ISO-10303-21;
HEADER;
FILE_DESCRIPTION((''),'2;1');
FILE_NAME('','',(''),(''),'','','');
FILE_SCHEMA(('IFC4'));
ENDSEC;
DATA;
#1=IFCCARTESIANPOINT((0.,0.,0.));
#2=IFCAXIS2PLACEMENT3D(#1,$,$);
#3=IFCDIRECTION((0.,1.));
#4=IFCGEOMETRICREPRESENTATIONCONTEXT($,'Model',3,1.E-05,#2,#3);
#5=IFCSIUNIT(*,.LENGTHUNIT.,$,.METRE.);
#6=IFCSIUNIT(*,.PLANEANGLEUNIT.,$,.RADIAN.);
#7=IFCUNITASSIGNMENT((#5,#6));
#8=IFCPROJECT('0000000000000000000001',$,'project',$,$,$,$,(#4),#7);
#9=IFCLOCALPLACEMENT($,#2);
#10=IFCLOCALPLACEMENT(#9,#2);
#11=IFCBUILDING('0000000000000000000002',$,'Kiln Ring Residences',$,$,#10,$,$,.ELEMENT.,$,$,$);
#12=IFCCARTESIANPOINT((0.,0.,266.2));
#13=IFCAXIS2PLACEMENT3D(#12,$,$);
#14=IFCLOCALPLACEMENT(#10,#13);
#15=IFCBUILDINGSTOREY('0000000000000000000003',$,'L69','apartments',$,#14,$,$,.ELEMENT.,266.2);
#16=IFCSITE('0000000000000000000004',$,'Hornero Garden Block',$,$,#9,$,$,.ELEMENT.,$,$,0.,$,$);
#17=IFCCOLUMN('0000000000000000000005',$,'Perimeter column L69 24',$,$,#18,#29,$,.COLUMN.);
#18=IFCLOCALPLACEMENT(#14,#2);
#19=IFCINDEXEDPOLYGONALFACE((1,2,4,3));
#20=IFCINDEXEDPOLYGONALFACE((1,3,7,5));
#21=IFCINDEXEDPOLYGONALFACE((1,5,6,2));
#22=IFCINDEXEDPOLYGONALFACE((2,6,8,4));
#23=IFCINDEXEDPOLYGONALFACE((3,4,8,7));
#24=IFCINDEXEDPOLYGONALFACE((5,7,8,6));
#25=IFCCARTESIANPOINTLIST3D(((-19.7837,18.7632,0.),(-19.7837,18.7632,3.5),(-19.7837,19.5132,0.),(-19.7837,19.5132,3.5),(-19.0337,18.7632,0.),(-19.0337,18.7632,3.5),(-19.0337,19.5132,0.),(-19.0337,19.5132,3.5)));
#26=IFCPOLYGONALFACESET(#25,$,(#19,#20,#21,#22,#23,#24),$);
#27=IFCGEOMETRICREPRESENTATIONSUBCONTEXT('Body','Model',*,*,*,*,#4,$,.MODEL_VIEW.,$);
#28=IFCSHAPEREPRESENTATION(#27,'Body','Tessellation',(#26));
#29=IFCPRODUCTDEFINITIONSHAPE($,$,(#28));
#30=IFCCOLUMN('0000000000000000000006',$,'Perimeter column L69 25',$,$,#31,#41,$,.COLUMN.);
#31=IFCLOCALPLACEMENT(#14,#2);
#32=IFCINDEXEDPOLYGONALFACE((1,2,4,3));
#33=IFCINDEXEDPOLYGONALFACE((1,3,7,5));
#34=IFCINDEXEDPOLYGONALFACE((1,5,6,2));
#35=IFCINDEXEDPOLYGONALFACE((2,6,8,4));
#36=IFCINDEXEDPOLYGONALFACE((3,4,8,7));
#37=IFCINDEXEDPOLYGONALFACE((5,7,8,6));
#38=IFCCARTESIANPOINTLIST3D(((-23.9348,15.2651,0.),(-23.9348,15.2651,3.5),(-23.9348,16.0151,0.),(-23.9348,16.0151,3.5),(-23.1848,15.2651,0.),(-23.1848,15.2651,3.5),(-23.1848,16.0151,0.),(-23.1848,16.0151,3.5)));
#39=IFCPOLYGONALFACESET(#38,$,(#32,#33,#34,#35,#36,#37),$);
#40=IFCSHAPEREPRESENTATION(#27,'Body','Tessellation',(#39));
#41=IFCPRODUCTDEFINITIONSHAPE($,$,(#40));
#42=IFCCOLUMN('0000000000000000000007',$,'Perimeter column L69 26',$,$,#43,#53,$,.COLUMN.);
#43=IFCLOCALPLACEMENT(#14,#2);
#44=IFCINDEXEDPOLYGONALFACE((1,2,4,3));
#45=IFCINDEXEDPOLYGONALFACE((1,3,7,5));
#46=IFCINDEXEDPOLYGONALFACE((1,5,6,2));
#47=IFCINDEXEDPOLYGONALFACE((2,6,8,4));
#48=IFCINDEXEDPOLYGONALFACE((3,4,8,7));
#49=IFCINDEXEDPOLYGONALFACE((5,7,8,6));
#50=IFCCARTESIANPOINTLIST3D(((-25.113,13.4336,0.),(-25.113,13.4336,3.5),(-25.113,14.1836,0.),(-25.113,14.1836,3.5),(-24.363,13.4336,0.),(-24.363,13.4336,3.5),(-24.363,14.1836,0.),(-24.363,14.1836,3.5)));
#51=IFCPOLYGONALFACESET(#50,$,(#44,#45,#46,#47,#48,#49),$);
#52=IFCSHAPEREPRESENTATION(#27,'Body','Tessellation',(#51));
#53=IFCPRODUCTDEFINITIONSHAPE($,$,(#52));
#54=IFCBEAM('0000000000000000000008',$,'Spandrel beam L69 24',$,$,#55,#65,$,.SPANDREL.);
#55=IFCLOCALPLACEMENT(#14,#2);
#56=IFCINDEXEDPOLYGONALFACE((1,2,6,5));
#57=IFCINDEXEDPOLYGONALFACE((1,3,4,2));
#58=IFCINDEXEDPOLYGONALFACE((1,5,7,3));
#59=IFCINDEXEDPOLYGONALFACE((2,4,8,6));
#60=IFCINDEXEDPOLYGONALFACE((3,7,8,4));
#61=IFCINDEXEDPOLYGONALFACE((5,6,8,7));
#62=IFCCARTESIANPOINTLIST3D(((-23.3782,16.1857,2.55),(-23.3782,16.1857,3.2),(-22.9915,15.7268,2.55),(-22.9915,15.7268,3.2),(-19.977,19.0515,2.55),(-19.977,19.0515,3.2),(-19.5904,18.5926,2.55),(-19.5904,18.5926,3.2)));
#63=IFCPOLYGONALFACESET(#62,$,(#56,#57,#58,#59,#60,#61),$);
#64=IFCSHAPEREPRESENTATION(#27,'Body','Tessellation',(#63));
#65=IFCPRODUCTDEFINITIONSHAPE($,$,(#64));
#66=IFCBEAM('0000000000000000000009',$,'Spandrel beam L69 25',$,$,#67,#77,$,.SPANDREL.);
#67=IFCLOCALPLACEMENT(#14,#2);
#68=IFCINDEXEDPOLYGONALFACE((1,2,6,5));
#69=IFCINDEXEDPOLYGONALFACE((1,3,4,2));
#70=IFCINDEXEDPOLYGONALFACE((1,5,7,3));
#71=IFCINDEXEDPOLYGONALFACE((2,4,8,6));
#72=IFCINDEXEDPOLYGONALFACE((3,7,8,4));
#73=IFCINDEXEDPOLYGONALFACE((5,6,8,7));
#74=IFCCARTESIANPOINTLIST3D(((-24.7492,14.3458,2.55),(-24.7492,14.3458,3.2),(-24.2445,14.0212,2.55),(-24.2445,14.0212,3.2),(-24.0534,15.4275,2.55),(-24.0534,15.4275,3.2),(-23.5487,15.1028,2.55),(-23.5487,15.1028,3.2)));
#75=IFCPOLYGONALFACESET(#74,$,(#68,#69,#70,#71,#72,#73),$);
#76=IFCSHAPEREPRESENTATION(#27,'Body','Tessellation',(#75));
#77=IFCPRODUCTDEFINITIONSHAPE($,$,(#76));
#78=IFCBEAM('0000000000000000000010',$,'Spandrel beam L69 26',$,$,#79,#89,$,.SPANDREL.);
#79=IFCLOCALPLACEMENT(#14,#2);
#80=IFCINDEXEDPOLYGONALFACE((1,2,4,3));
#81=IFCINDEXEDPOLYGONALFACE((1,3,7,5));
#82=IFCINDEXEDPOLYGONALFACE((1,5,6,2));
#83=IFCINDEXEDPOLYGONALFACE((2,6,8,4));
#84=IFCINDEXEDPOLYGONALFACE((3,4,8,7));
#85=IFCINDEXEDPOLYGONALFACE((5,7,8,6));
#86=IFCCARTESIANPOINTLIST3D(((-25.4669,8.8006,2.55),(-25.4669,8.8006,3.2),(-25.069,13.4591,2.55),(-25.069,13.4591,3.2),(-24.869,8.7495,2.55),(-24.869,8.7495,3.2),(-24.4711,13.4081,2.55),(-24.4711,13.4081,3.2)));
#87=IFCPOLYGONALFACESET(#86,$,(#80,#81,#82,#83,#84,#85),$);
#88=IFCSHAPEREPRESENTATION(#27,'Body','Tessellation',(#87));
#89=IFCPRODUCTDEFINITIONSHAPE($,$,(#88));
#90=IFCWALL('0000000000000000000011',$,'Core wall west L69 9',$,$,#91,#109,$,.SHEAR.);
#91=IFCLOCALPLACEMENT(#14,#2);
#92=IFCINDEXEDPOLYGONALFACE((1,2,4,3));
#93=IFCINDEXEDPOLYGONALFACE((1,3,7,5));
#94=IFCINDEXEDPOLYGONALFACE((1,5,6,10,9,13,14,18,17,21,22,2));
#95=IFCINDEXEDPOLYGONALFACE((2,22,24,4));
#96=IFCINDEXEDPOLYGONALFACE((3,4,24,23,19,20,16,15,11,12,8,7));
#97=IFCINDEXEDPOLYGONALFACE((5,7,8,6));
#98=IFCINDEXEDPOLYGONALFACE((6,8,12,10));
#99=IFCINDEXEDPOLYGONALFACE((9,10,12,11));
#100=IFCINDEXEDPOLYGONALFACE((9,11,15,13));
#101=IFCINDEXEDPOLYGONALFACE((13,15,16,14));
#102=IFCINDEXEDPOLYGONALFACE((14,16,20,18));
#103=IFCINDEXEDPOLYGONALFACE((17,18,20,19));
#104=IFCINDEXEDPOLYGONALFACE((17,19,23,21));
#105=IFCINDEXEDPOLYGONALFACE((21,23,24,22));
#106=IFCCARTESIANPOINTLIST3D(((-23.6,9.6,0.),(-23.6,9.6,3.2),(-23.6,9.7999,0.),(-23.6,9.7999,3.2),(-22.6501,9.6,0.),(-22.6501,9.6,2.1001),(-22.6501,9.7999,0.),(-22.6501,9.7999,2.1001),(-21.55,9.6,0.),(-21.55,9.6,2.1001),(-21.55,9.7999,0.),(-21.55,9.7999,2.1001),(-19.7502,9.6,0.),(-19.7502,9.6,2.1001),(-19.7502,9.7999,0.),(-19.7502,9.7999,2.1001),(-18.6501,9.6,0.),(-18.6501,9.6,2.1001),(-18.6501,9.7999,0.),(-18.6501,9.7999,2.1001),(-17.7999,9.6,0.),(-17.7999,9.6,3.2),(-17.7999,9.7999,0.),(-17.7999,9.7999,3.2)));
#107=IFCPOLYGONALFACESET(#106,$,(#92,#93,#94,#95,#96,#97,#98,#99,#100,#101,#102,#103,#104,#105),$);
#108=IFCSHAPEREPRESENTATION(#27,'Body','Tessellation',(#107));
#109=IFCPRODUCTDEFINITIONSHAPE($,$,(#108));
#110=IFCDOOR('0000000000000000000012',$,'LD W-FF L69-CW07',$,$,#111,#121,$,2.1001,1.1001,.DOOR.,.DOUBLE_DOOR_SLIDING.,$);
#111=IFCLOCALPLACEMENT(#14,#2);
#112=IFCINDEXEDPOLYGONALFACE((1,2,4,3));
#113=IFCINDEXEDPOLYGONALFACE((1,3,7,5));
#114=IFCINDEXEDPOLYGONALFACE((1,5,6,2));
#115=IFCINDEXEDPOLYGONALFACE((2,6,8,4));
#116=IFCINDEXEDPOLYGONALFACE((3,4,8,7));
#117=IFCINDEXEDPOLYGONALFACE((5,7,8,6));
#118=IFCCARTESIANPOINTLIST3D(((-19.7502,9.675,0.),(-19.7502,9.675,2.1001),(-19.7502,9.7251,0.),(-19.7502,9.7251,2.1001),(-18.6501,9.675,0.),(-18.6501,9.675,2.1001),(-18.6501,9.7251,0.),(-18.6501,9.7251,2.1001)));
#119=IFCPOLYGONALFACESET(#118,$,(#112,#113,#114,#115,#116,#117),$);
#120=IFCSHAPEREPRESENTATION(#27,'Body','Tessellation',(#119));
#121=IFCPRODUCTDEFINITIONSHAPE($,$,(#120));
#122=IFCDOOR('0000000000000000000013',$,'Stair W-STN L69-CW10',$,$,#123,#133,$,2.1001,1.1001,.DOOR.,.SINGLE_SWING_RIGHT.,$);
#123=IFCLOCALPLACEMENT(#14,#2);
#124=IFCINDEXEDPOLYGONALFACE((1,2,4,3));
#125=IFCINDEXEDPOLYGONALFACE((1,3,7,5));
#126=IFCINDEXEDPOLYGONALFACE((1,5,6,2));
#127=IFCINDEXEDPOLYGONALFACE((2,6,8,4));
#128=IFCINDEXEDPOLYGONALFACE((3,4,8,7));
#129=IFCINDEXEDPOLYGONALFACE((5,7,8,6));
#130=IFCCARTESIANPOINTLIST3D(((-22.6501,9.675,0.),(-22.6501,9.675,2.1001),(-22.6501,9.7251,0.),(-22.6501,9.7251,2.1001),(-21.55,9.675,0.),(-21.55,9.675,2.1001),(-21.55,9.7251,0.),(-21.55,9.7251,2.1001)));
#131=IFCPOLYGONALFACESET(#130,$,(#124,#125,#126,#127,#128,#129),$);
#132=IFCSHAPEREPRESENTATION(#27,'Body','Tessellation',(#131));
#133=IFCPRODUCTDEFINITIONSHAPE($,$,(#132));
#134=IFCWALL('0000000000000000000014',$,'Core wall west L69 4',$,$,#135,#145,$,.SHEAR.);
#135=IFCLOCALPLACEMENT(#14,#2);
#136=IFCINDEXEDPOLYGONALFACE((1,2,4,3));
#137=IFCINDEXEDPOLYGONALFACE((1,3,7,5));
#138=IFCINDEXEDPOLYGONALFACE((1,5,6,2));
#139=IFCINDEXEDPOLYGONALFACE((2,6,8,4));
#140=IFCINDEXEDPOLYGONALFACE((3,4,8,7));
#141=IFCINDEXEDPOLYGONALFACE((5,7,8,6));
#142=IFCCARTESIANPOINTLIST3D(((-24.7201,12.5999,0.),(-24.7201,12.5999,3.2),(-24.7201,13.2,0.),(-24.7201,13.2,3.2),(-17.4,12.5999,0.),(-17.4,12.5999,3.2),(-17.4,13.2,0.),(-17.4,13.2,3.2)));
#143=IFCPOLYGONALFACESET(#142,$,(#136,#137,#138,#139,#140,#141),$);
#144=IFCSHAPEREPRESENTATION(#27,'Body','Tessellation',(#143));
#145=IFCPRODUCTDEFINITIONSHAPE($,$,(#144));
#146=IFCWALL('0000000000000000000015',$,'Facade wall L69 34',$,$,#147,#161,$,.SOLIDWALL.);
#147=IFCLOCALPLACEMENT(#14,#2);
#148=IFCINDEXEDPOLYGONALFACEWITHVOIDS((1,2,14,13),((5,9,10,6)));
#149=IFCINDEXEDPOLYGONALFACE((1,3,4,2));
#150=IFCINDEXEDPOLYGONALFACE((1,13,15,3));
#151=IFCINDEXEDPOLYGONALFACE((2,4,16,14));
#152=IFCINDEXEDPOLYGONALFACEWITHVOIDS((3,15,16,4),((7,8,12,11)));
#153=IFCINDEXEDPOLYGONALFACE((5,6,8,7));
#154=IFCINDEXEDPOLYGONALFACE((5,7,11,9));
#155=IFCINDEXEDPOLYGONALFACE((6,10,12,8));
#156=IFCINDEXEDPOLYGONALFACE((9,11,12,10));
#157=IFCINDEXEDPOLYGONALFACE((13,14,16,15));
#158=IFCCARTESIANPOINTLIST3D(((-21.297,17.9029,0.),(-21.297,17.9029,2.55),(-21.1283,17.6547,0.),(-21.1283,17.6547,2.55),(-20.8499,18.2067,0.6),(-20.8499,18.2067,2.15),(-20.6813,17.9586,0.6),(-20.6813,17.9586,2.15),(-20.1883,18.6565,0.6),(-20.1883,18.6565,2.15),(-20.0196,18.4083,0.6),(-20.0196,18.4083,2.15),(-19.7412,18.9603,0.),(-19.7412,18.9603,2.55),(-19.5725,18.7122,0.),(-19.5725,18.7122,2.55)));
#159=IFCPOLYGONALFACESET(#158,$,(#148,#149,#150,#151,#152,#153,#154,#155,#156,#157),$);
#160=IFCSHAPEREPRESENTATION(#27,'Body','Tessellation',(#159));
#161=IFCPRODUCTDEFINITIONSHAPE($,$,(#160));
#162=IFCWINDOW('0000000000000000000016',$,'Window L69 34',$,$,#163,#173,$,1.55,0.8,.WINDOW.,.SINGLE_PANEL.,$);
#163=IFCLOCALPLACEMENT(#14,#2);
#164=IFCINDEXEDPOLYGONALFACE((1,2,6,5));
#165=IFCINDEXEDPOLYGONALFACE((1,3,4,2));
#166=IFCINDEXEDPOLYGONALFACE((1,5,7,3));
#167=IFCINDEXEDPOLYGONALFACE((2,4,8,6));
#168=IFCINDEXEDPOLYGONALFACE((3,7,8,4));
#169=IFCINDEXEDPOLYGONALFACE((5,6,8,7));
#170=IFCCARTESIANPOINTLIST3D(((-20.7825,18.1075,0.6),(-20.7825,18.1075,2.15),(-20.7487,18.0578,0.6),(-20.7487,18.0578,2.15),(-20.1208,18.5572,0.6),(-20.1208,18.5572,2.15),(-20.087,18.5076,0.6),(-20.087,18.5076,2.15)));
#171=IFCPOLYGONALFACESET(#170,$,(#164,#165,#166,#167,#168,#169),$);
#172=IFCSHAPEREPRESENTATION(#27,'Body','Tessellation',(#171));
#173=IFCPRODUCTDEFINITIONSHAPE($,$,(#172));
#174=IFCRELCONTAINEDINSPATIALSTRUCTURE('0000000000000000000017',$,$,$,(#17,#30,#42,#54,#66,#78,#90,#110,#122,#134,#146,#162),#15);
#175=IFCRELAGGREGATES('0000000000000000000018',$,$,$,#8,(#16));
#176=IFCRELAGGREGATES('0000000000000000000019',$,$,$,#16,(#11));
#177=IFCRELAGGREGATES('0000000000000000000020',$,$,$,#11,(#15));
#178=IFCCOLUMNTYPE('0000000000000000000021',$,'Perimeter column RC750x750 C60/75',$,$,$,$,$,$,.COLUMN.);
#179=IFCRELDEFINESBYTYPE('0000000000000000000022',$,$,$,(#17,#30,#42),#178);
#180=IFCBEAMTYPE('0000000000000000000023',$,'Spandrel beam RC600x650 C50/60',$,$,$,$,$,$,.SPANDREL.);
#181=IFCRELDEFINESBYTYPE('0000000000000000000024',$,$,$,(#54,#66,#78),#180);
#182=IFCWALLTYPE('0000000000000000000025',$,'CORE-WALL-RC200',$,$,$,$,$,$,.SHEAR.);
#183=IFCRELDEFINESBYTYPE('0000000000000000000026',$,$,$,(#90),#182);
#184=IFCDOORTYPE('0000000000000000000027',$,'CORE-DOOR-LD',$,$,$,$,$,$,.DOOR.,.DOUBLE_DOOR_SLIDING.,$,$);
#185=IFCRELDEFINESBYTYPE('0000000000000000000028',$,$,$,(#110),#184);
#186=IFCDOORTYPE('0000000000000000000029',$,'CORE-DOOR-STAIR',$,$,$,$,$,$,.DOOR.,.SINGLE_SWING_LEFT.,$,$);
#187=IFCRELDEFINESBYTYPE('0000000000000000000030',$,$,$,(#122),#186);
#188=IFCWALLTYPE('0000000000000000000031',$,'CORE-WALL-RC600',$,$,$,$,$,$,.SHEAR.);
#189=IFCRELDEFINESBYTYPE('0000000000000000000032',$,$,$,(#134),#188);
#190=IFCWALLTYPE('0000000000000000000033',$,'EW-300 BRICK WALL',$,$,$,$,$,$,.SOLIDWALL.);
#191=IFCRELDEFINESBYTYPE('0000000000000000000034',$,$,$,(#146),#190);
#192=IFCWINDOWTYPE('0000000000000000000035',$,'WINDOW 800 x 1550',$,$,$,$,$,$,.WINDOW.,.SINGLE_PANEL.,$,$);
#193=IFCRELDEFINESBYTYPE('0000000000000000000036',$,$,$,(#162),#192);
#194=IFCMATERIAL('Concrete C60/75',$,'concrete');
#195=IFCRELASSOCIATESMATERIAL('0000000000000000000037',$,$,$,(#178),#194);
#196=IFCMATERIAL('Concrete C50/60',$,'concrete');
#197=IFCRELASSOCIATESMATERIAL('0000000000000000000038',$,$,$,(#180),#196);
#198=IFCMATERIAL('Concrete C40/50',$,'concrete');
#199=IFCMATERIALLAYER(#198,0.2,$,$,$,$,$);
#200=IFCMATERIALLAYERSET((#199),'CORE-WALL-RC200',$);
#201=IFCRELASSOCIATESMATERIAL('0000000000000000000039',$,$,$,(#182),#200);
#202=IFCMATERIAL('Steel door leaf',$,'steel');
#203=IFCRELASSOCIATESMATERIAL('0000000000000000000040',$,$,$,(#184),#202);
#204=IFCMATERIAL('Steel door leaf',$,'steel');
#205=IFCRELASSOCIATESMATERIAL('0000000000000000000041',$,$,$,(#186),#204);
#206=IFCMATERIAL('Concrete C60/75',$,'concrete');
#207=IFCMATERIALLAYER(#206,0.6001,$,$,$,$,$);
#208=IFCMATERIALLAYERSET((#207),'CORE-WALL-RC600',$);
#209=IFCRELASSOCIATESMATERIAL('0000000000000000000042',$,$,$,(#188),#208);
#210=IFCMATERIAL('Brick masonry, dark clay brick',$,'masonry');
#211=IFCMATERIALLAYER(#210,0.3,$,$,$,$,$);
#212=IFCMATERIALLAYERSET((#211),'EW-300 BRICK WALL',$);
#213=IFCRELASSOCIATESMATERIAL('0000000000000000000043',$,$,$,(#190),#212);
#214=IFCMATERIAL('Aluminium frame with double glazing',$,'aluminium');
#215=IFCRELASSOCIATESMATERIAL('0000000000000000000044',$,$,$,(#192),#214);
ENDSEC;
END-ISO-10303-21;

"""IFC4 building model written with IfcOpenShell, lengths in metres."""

from ifc_helpers import new_model, si_unit, direction, frame, frame_2d, origin, origin_2d, place, context, subcontext, project, spatial, rectangle, extrude, material, layer, layer_set, material_profile, profile_set, type_object, element, fill, save


model = new_model("IFC4")

# Units and contexts
model_context = context("Model", 3, precision=1e-05, world=origin(), true_north=direction((0.0, 1.0)))
body_context = subcontext(model_context, "Body", "Model", "MODEL_VIEW")
ifc_project = project(units=[si_unit("LENGTHUNIT", "METRE"), si_unit("PLANEANGLEUNIT", "RADIAN")], contexts=[model_context])

# Site, building, storey
site_placement = place(None, origin())
site = spatial("IfcSite", under=ifc_project, at=site_placement, Name="Hornero Garden Block", CompositionType="ELEMENT", RefElevation=0.0)
building_placement = place(site_placement, origin())
building = spatial("IfcBuilding", under=site, at=building_placement, Name="Kiln Ring Residences", CompositionType="ELEMENT")
storey_placement = place(building_placement, frame((0.0, 0.0, 266.2)))
storey = spatial("IfcBuildingStorey", under=building, at=storey_placement, Name="L69", Description="apartments", CompositionType="ELEMENT", Elevation=266.2)

# Columns
ifc_material_1 = material(Name="Concrete C60/75", Category="concrete")
ifc_material_profile_1 = material_profile(ifc_material_1, rectangle(XDim=0.75, YDim=0.75, at=origin_2d()), Name="RC750x750")
ifc_profile_set_1 = profile_set([ifc_material_profile_1], Name="Concrete C60/75")
column_type = type_object("IfcColumnType", Name="Perimeter column RC750x750 C60/75", PredefinedType="COLUMN", material=ifc_profile_set_1)
for number, where, z_axis, x_axis, name in (
    (1, (-19.4087, 19.1382, 0.0), (0.0, 0.0, 1.0), (1.0, 0.0, 0.0), "Perimeter column L69 24"),
    (2, (-23.5598, 15.6401, 0.0), (0.0, 0.0, 1.0), (1.0, 0.0, 0.0), "Perimeter column L69 25"),
    (3, (-24.738, 13.8086, 0.0), (0.0, 0.0, 1.0), (1.0, 0.0, 0.0), "Perimeter column L69 26"),
):
    element("IfcColumn", number, at=place(storey_placement, frame(where, z_axis=z_axis, x_axis=x_axis)), inside=storey, type_object=column_type, Name=name, PredefinedType="COLUMN", context=body_context, shape_type="SweptSolid", body=[
        extrude(rectangle(XDim=0.75, YDim=0.75, at=origin_2d()), origin(), (0.0, 0.0, 1.0), 3.5),
    ])

# Beams
ifc_material_2 = material(Name="Concrete C50/60", Category="concrete")
ifc_material_profile_2 = material_profile(ifc_material_2, rectangle(XDim=0.6001, YDim=0.6499, at=origin_2d()), Name="RC600x650")
ifc_profile_set_2 = profile_set([ifc_material_profile_2], Name="Concrete C50/60")
beam_type = type_object("IfcBeamType", Name="Spandrel beam RC600x650 C50/60", PredefinedType="SPANDREL", material=ifc_profile_set_2)
beam_1_placement = place(storey_placement, frame((-19.7837, 18.822, 2.875), z_axis=(-0.764732, -0.644349, 0.0), x_axis=(0.644349, -0.764732, 0.0)))
element("IfcBeam", 4, at=beam_1_placement, inside=storey, type_object=beam_type, Name="Spandrel beam L69 24", PredefinedType="SPANDREL", context=body_context, shape_type="SweptSolid", body=[
    extrude(rectangle(XDim=0.6001, YDim=0.6499, at=origin_2d()), origin(), (0.0, 0.0, 1.0), 4.4475),
])
beam_2_placement = place(storey_placement, frame((-23.801, 15.2651, 2.875), z_axis=(-0.541045, -0.840993, 0.0), x_axis=(0.840993, -0.541045, 0.0)))
element("IfcBeam", 5, at=beam_2_placement, inside=storey, type_object=beam_type, Name="Spandrel beam L69 25", PredefinedType="SPANDREL", context=body_context, shape_type="SweptSolid", body=[
    extrude(rectangle(XDim=0.6001, YDim=0.6499, at=origin_2d()), origin(), (0.0, 0.0, 1.0), 1.2861),
])
beam_3_placement = place(storey_placement, frame((-24.77, 13.4336, 2.875), z_axis=(-0.085111, -0.996371, 0.0), x_axis=(0.996371, -0.085111, 0.0)))
element("IfcBeam", 6, at=beam_3_placement, inside=storey, type_object=beam_type, Name="Spandrel beam L69 26", PredefinedType="SPANDREL", context=body_context, shape_type="SweptSolid", body=[
    extrude(rectangle(XDim=0.6001, YDim=0.6499, at=origin_2d()), origin(), (0.0, 0.0, 1.0), 4.6755),
])

# Wall, openings, doors
ifc_material_3 = material(Name="Concrete C40/50", Category="concrete")
ifc_layer_1 = layer(ifc_material_3, 0.2)
ifc_layer_set_1 = layer_set([ifc_layer_1], Name="CORE-WALL-RC200")
wall_type_1 = type_object("IfcWallType", Name="CORE-WALL-RC200", PredefinedType="SHEAR", material=ifc_layer_set_1)
wall_1_placement = place(storey_placement, frame((-17.8, 9.7, 0.0), z_axis=(0.0, 0.0, 1.0), x_axis=(-1.0, 0.0, 0.0)))
wall_1 = element("IfcWall", 7, at=wall_1_placement, inside=storey, type_object=wall_type_1, Name="Core wall west L69 9", PredefinedType="SHEAR", context=body_context, shape_type="SweptSolid", body=[
    extrude(rectangle(XDim=5.8, YDim=0.2, at=frame_2d((2.8999, 0.0))), origin(), (0.0, 0.0, 1.0), 3.2),
])
opening_1_placement = place(wall_1_placement, frame((0.8501, 0.0, 0.0)))
opening_1 = element("IfcOpeningElement", 8, at=opening_1_placement, cuts=wall_1, PredefinedType="OPENING", context=body_context, shape_type="SweptSolid", body=[
    extrude(rectangle(XDim=1.1001, YDim=2.1001, at=frame_2d((0.55, 1.05))), frame((0.0, 0.1099, 0.0), z_axis=(0.0, -1.0, 0.0), x_axis=(1.0, 0.0, 0.0)), (0.0, 0.0, 1.0), 0.22),
])
opening_2_placement = place(wall_1_placement, frame((3.75, 0.0, 0.0)))
opening_2 = element("IfcOpeningElement", 9, at=opening_2_placement, cuts=wall_1, PredefinedType="OPENING", context=body_context, shape_type="SweptSolid", body=[
    extrude(rectangle(XDim=1.1001, YDim=2.1001, at=frame_2d((0.55, 1.05))), frame((0.0, 0.1099, 0.0), z_axis=(0.0, -1.0, 0.0), x_axis=(1.0, 0.0, 0.0)), (0.0, 0.0, 1.0), 0.22),
])
ifc_material_4 = material(Name="Steel door leaf", Category="steel")
door_type_1 = type_object("IfcDoorType", Name="CORE-DOOR-LD", OperationType="DOUBLE_DOOR_SLIDING", PredefinedType="DOOR", material=ifc_material_4)
door_1_placement = place(opening_1_placement, origin())
door_1 = element("IfcDoor", 10, at=door_1_placement, inside=storey, type_object=door_type_1, Name="LD W-FF L69-CW07", OperationType="DOUBLE_DOOR_SLIDING", OverallHeight=2.1001, OverallWidth=1.1001, PredefinedType="DOOR", context=body_context, shape_type="SweptSolid", body=[
    extrude(rectangle(XDim=1.1001, YDim=2.1001, at=frame_2d((0.55, 1.05))), frame((0.0, 0.0249, 0.0), z_axis=(0.0, -1.0, 0.0), x_axis=(1.0, 0.0, 0.0)), (0.0, 0.0, 1.0), 0.05),
])
fill(opening_1, door_1)
ifc_material_5 = material(Name="Steel door leaf", Category="steel")
door_type_2 = type_object("IfcDoorType", Name="CORE-DOOR-STAIR", OperationType="SINGLE_SWING_LEFT", PredefinedType="DOOR", material=ifc_material_5)
door_2_placement = place(opening_2_placement, origin())
door_2 = element("IfcDoor", 11, at=door_2_placement, inside=storey, type_object=door_type_2, Name="Stair W-STN L69-CW10", OperationType="SINGLE_SWING_RIGHT", OverallHeight=2.1001, OverallWidth=1.1001, PredefinedType="DOOR", context=body_context, shape_type="SweptSolid", body=[
    extrude(rectangle(XDim=1.1001, YDim=2.1001, at=frame_2d((0.55, 1.05))), frame((0.0, 0.0249, 0.0), z_axis=(0.0, -1.0, 0.0), x_axis=(1.0, 0.0, 0.0)), (0.0, 0.0, 1.0), 0.05),
])
fill(opening_2, door_2)

# Wall
ifc_material_6 = material(Name="Concrete C60/75", Category="concrete")
ifc_layer_2 = layer(ifc_material_6, 0.6001)
ifc_layer_set_2 = layer_set([ifc_layer_2], Name="CORE-WALL-RC600")
wall_type_2 = type_object("IfcWallType", Name="CORE-WALL-RC600", PredefinedType="SHEAR", material=ifc_layer_set_2)
wall_2_placement = place(storey_placement, frame((-17.3999, 12.8999, 0.0), z_axis=(0.0, 0.0, 1.0), x_axis=(-1.0, 0.0, 0.0)))
element("IfcWall", 12, at=wall_2_placement, inside=storey, type_object=wall_type_2, Name="Core wall west L69 4", PredefinedType="SHEAR", context=body_context, shape_type="SweptSolid", body=[
    extrude(rectangle(XDim=7.3201, YDim=0.6001, at=frame_2d((3.6602, 0.0))), origin(), (0.0, 0.0, 1.0), 3.2),
])

# Wall, opening, window
ifc_material_7 = material(Name="Brick masonry, dark clay brick", Category="masonry")
ifc_layer_3 = layer(ifc_material_7, 0.3)
ifc_layer_set_3 = layer_set([ifc_layer_3], Name="EW-300 BRICK WALL")
wall_type_3 = type_object("IfcWallType", Name="EW-300 BRICK WALL", PredefinedType="SOLIDWALL", material=ifc_layer_set_3)
wall_3_placement = place(storey_placement, frame((-19.657, 18.8362, 0.0), z_axis=(0.0, 0.0, 1.0), x_axis=(-0.827045, -0.562136, 0.0)))
wall_3 = element("IfcWall", 13, at=wall_3_placement, inside=storey, type_object=wall_type_3, Name="Facade wall L69 34", PredefinedType="SOLIDWALL", context=body_context, shape_type="SweptSolid", body=[
    extrude(rectangle(XDim=1.8811, YDim=0.3, at=frame_2d((0.9404, 0.0))), origin(), (0.0, 0.0, 1.0), 2.55),
])
opening_3_placement = place(wall_3_placement, frame((0.5405, 0.0, 0.6001)))
opening_3 = element("IfcOpeningElement", 14, at=opening_3_placement, cuts=wall_3, PredefinedType="OPENING", context=body_context, shape_type="SweptSolid", body=[
    extrude(rectangle(XDim=0.8, YDim=1.55, at=frame_2d((0.3999, 0.7749))), frame((0.0, 0.1599, 0.0), z_axis=(0.0, -1.0, 0.0), x_axis=(1.0, 0.0, 0.0)), (0.0, 0.0, 1.0), 0.3201),
])
ifc_material_8 = material(Name="Aluminium frame with double glazing", Category="aluminium")
window_type_1 = type_object("IfcWindowType", Name="WINDOW 800 x 1550", PartitioningType="SINGLE_PANEL", PredefinedType="WINDOW", material=ifc_material_8)
window_1_placement = place(opening_3_placement, origin())
window_1 = element("IfcWindow", 15, at=window_1_placement, inside=storey, type_object=window_type_1, Name="Window L69 34", OverallHeight=1.55, OverallWidth=0.8, PartitioningType="SINGLE_PANEL", PredefinedType="WINDOW", context=body_context, shape_type="SweptSolid", body=[
    extrude(rectangle(XDim=0.8, YDim=1.55, at=frame_2d((0.3999, 0.7749))), frame((0.0, 0.03, 0.0), z_axis=(0.0, -1.0, 0.0), x_axis=(1.0, 0.0, 0.0)), (0.0, 0.0, 1.0), 0.0601),
])
fill(opening_3, window_1)

save(model, "model.ifc")
